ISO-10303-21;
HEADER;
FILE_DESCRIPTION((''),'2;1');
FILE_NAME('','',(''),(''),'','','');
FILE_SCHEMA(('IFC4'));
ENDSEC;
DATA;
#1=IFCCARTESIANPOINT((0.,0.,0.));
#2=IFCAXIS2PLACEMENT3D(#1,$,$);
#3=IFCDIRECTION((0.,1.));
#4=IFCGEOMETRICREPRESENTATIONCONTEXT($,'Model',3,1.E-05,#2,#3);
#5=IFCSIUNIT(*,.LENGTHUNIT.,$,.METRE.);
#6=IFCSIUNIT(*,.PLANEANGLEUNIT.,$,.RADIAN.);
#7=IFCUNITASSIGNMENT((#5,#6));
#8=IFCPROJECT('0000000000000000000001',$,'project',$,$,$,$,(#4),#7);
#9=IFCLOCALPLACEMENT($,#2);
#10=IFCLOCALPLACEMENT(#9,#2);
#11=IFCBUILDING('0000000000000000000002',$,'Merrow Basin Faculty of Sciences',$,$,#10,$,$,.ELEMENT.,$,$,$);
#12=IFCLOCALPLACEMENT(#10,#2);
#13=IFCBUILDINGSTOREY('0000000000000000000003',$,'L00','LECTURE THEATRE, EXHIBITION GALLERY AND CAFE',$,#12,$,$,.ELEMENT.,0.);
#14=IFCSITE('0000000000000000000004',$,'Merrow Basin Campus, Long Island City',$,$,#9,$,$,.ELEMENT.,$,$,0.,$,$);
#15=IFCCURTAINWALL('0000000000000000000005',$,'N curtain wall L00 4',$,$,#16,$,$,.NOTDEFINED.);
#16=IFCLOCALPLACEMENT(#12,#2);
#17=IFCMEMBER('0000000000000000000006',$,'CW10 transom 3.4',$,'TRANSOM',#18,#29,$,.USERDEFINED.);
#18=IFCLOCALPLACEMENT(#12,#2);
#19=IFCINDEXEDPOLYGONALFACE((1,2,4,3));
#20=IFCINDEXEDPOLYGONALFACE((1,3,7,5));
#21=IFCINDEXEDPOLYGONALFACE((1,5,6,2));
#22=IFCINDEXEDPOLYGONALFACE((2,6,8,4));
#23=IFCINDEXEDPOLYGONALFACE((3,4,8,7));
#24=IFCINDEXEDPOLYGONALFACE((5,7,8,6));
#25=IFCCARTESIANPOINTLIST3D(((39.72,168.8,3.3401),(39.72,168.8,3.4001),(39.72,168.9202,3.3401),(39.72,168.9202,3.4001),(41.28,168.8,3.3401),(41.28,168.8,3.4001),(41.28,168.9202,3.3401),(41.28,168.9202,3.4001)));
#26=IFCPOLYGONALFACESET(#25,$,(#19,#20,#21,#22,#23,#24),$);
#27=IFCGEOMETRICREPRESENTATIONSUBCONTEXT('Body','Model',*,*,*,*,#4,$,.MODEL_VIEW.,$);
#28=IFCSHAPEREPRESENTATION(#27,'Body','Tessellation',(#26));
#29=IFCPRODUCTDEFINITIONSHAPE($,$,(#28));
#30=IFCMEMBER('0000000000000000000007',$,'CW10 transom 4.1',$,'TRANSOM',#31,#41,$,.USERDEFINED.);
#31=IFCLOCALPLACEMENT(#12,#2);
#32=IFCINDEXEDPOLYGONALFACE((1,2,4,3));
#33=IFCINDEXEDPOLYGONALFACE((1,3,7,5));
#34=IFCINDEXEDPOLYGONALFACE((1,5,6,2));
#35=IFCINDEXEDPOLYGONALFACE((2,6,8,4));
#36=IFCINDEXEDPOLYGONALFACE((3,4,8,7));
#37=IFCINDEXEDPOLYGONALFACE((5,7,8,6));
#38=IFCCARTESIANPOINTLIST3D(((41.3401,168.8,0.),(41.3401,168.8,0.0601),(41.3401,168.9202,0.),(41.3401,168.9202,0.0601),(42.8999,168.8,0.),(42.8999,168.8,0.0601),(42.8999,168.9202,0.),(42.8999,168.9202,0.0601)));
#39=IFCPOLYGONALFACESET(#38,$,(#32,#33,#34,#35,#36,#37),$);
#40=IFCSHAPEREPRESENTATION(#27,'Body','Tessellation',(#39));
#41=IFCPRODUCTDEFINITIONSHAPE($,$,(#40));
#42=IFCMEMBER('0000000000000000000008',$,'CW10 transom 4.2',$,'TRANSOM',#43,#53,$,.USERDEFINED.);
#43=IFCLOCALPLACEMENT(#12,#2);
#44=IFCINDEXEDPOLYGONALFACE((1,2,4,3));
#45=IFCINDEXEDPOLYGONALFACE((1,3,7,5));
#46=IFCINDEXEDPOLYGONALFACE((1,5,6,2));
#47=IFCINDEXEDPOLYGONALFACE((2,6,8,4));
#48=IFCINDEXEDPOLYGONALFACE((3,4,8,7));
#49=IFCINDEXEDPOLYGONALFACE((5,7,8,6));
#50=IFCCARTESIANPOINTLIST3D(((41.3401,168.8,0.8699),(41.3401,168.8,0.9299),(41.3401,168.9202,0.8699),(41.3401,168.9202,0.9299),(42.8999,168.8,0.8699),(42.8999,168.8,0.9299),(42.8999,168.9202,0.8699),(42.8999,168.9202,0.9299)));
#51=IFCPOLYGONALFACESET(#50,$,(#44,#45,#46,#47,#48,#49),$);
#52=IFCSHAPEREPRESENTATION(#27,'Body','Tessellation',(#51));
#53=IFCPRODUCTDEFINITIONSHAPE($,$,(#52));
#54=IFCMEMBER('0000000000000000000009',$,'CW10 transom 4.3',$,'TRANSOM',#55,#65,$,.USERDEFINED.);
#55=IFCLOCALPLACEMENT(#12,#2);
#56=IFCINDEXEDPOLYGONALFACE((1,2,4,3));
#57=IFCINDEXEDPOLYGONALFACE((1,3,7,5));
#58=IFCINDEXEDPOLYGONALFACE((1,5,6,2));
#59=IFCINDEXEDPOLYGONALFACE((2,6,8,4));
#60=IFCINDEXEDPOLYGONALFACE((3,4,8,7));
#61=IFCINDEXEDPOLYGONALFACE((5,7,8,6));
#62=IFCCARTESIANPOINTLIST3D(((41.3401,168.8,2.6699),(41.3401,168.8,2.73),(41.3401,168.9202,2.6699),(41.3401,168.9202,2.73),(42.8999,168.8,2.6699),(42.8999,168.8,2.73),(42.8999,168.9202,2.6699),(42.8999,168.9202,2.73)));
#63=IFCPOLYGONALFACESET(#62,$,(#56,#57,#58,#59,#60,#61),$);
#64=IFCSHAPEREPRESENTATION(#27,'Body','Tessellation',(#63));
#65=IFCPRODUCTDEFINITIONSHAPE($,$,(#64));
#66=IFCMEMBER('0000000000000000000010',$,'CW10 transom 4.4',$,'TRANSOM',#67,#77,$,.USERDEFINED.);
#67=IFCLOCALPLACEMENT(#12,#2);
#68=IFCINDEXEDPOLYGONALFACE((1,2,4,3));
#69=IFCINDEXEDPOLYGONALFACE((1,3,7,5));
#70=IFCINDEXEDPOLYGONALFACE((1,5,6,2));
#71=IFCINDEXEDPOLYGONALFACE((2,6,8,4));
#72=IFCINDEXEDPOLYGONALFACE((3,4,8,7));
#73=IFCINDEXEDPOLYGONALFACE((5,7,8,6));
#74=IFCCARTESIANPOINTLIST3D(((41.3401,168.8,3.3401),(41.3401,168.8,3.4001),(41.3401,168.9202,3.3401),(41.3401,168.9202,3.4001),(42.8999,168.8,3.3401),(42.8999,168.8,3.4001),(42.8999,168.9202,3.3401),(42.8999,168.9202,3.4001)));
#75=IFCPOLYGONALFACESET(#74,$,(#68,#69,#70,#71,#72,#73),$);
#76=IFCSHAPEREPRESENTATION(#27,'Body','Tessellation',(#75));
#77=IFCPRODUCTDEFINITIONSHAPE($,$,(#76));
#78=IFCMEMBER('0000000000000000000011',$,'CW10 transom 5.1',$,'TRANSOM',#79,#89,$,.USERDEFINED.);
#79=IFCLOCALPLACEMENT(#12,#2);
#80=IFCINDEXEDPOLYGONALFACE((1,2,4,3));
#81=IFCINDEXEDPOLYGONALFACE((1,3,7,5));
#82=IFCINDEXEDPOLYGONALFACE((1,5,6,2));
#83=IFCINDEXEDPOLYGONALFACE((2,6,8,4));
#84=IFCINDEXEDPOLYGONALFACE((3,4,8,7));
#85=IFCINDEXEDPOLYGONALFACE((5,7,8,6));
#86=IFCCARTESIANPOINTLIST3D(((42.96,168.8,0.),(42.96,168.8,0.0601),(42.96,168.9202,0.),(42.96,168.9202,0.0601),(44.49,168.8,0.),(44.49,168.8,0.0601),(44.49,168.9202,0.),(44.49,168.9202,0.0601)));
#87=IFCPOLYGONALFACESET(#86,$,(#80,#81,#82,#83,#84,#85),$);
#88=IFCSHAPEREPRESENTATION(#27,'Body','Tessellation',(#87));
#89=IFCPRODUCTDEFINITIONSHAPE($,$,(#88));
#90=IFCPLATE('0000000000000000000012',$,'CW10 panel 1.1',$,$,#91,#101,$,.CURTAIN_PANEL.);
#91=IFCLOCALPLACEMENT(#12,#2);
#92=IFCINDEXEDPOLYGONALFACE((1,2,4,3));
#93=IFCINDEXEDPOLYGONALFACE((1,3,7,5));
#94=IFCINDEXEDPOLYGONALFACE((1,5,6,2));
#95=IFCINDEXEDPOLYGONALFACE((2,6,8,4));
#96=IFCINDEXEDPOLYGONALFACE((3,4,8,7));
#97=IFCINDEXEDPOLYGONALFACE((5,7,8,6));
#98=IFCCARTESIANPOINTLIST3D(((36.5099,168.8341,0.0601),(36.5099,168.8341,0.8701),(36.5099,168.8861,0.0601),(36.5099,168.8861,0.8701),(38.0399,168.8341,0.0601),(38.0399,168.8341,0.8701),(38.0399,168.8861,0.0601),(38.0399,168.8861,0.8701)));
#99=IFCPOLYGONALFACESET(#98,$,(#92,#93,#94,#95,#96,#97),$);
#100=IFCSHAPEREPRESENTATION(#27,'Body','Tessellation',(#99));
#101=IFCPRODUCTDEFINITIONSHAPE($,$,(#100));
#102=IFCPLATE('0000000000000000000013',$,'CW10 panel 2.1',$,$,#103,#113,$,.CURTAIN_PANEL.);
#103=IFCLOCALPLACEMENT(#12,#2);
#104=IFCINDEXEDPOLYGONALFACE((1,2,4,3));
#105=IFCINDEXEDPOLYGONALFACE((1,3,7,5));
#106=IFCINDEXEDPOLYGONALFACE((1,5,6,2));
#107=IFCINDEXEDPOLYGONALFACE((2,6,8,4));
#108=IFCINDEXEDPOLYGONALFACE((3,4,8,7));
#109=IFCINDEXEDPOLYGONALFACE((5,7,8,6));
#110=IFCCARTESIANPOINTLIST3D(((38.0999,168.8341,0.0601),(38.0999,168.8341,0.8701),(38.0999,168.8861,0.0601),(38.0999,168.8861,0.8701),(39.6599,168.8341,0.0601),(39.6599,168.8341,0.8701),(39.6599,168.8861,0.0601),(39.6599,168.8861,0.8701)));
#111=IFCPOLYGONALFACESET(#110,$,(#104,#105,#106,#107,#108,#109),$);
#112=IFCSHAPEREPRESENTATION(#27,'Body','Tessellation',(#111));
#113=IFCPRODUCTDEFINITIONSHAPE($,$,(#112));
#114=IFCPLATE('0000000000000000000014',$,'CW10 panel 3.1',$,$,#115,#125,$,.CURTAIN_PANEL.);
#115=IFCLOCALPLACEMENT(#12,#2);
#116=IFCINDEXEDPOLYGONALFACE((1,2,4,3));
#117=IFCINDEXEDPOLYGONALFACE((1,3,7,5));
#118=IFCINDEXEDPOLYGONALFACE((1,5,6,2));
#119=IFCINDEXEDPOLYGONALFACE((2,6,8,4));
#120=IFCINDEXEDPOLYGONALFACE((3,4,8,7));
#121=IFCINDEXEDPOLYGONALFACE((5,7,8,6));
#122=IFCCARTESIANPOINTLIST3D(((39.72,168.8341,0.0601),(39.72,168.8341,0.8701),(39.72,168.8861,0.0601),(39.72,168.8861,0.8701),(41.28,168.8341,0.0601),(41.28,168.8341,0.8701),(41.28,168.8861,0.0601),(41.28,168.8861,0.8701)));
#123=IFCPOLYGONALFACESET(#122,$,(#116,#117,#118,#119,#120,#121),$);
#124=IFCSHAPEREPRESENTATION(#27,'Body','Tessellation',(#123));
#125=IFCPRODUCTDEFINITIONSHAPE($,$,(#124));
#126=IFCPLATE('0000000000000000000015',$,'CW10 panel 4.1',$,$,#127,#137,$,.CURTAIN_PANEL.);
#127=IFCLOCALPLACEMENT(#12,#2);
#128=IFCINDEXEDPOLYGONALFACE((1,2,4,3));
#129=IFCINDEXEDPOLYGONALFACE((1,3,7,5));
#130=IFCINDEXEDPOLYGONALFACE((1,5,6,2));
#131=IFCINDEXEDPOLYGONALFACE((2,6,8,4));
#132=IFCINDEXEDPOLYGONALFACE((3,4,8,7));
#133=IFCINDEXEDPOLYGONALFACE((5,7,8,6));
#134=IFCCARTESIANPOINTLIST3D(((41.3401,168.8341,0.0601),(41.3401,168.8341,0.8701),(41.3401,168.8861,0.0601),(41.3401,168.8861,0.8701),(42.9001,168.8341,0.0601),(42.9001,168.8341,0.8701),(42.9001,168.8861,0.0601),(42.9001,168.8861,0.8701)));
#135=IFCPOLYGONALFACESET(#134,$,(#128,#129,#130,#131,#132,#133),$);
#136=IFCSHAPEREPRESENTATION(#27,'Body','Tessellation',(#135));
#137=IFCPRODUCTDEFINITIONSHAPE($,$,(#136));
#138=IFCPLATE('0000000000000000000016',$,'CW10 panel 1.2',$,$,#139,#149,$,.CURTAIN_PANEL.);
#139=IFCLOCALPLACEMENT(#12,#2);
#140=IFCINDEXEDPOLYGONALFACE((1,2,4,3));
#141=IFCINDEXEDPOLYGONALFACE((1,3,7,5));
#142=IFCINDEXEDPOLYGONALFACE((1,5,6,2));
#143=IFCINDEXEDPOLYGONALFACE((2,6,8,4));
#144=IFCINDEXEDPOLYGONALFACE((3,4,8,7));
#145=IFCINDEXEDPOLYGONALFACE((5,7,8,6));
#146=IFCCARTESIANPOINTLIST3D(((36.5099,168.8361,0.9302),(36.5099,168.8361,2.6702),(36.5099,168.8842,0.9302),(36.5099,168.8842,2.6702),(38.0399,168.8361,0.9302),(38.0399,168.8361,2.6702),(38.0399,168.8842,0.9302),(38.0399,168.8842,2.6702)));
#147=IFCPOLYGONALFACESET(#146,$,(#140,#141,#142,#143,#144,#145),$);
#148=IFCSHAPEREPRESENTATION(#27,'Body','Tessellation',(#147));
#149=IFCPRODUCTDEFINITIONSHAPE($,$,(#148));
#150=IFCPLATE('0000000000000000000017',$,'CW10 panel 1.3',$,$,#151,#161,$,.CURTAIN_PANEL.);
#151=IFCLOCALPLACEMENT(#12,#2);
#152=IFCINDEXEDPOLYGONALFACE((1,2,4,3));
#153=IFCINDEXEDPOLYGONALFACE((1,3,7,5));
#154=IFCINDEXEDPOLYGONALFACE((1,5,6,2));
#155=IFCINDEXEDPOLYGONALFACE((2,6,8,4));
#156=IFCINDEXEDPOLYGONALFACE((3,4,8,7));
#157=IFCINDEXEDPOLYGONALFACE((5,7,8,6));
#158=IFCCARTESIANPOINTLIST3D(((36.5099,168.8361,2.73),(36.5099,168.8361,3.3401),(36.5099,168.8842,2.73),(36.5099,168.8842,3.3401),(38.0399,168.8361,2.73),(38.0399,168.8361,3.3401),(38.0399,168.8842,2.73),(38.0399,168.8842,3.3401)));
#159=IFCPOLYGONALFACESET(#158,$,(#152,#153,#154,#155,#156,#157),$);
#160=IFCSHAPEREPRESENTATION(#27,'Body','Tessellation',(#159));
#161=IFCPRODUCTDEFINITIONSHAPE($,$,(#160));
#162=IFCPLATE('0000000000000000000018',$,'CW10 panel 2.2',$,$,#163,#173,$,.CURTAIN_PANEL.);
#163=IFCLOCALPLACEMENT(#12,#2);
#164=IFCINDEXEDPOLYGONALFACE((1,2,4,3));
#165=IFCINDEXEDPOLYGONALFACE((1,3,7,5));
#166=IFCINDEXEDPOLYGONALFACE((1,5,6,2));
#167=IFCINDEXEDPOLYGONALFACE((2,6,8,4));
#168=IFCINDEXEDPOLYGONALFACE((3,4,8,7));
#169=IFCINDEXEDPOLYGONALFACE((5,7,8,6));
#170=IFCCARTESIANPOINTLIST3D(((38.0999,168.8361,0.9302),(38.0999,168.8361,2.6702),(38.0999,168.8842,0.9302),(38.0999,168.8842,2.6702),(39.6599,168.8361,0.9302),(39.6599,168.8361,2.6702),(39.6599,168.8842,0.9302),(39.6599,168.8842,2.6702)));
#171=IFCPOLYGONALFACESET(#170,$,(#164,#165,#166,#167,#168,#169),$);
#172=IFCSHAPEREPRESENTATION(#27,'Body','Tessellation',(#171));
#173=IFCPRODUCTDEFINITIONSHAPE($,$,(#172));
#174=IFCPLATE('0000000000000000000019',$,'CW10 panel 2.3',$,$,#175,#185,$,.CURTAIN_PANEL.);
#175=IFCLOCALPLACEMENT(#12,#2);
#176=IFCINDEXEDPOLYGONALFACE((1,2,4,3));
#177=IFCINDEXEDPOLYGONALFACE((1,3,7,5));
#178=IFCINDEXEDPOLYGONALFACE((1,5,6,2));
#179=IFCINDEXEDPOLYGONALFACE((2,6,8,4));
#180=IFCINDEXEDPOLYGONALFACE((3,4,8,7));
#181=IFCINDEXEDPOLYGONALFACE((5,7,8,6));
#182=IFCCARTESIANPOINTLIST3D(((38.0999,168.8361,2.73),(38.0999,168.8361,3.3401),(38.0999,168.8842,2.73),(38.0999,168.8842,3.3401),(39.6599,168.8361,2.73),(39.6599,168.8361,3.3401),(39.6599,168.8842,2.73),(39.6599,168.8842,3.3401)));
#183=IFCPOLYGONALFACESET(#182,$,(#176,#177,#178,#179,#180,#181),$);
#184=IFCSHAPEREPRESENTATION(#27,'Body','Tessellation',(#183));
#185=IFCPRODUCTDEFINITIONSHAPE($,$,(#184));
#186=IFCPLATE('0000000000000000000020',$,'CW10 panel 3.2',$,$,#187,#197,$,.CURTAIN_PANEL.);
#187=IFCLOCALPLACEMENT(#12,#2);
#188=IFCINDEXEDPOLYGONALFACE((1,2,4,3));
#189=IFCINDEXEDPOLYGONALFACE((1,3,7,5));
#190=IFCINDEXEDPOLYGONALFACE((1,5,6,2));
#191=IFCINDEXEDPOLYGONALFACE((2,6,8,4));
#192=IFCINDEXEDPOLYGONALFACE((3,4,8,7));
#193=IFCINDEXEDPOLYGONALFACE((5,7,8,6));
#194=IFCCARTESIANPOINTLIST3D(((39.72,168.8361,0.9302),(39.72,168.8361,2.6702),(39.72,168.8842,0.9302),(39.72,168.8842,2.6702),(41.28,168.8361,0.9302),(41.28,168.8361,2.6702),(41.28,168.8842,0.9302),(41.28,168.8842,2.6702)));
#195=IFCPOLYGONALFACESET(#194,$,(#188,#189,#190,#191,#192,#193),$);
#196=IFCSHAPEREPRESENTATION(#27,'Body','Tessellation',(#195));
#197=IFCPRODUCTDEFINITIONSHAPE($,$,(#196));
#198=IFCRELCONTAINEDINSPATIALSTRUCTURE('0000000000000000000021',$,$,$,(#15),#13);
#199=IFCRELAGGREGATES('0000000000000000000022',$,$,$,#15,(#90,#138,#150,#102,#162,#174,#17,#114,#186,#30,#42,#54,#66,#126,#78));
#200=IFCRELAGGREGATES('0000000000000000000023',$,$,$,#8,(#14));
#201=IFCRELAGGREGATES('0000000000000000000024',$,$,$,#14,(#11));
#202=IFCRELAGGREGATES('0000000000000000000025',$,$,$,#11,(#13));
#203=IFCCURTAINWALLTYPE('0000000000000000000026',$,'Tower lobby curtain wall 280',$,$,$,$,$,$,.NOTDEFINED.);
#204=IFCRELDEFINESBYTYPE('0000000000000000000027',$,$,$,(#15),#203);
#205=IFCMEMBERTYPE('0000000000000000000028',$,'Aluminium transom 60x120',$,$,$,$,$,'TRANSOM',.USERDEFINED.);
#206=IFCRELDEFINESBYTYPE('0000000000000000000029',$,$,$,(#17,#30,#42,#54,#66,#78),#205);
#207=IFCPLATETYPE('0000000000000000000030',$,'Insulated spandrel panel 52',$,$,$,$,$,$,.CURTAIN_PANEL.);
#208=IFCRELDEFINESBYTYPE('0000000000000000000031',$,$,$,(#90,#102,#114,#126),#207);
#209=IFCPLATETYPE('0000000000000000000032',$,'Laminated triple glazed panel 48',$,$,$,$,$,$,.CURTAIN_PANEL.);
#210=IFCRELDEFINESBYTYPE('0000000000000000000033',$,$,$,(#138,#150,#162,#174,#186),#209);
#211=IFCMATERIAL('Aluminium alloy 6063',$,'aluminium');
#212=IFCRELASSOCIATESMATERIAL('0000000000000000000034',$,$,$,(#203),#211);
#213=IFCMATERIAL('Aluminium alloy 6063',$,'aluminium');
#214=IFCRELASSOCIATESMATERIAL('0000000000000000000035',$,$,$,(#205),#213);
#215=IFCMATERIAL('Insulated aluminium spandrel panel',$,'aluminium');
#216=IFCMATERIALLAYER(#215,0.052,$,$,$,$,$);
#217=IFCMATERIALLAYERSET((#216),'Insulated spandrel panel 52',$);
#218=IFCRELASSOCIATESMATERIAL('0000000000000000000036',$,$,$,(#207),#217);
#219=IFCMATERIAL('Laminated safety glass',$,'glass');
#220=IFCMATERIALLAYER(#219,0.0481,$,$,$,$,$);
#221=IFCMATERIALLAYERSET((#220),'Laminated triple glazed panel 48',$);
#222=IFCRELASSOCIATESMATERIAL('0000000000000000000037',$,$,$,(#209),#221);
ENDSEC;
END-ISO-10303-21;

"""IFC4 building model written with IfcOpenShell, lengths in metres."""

from ifc_helpers import new_model, si_unit, direction, frame, origin, origin_2d, place, context, subcontext, project, spatial, rectangle, extrude, material, layer, layer_set, material_profile, profile_set, type_object, element, aggregate, save


model = new_model("IFC4")

# Units and contexts
model_context = context("Model", 3, precision=1e-05, world=origin(), true_north=direction((0.0, 1.0)))
body_context = subcontext(model_context, "Body", "Model", "MODEL_VIEW")
ifc_project = project(units=[si_unit("LENGTHUNIT", "METRE"), si_unit("PLANEANGLEUNIT", "RADIAN")], contexts=[model_context])

# Site, building, storey
site_placement = place(None, origin())
site = spatial("IfcSite", under=ifc_project, at=site_placement, Name="Merrow Basin Campus, Long Island City", CompositionType="ELEMENT", RefElevation=0.0)
building_placement = place(site_placement, origin())
building = spatial("IfcBuilding", under=site, at=building_placement, Name="Merrow Basin Faculty of Sciences", CompositionType="ELEMENT")
storey_placement = place(building_placement, origin())
storey = spatial("IfcBuildingStorey", under=building, at=storey_placement, Name="L00", Description="LECTURE THEATRE, EXHIBITION GALLERY AND CAFE", CompositionType="ELEMENT", Elevation=0.0)

# Curtain wall, members, plates
ifc_material_1 = material(Name="Aluminium alloy 6063", Category="aluminium")
curtain_wall_type = type_object("IfcCurtainWallType", Name="Tower lobby curtain wall 280", PredefinedType="NOTDEFINED", material=ifc_material_1)
curtain_wall_placement = place(storey_placement, origin())
curtain_wall = element("IfcCurtainWall", 1, at=curtain_wall_placement, inside=storey, type_object=curtain_wall_type, Name="N curtain wall L00 4", PredefinedType="NOTDEFINED")
ifc_material_2 = material(Name="Aluminium alloy 6063", Category="aluminium")
ifc_material_profile_1 = material_profile(ifc_material_2, rectangle(XDim=0.1201, YDim=0.0601, at=origin_2d()))
ifc_profile_set_1 = profile_set([ifc_material_profile_1], Name="Aluminium alloy 6063")
member_type_1 = type_object("IfcMemberType", Name="Aluminium transom 60x120", ElementType="TRANSOM", PredefinedType="USERDEFINED", material=ifc_profile_set_1)
member_1_placement = place(storey_placement, frame((39.72, 168.8601, 3.3701), z_axis=(1.0, 0.0, 0.0), x_axis=(0.0, 1.0, 0.0)))
member_1 = element("IfcMember", 2, at=member_1_placement, type_object=member_type_1, Name="CW10 transom 3.4", ObjectType="TRANSOM", PredefinedType="USERDEFINED", context=body_context, shape_type="SweptSolid", body=[
    extrude(rectangle(XDim=0.1201, YDim=0.0601, at=origin_2d()), origin(), (0.0, 0.0, 1.0), 1.5601),
])
member_2_placement = place(storey_placement, frame((41.3401, 168.8601, 0.03), z_axis=(1.0, 0.0, 0.0), x_axis=(0.0, 1.0, 0.0)))
member_2 = element("IfcMember", 3, at=member_2_placement, type_object=member_type_1, Name="CW10 transom 4.1", ObjectType="TRANSOM", PredefinedType="USERDEFINED", context=body_context, shape_type="SweptSolid", body=[
    extrude(rectangle(XDim=0.1201, YDim=0.0601, at=origin_2d()), origin(), (0.0, 0.0, 1.0), 1.5598),
])
member_3_placement = place(storey_placement, frame((41.3401, 168.8601, 0.8999), z_axis=(1.0, 0.0, 0.0), x_axis=(0.0, 1.0, 0.0)))
member_3 = element("IfcMember", 4, at=member_3_placement, type_object=member_type_1, Name="CW10 transom 4.2", ObjectType="TRANSOM", PredefinedType="USERDEFINED", context=body_context, shape_type="SweptSolid", body=[
    extrude(rectangle(XDim=0.1201, YDim=0.0601, at=origin_2d()), origin(), (0.0, 0.0, 1.0), 1.5598),
])
member_4_placement = place(storey_placement, frame((41.3401, 168.8601, 2.7), z_axis=(1.0, 0.0, 0.0), x_axis=(0.0, 1.0, 0.0)))
member_4 = element("IfcMember", 5, at=member_4_placement, type_object=member_type_1, Name="CW10 transom 4.3", ObjectType="TRANSOM", PredefinedType="USERDEFINED", context=body_context, shape_type="SweptSolid", body=[
    extrude(rectangle(XDim=0.1201, YDim=0.0601, at=origin_2d()), origin(), (0.0, 0.0, 1.0), 1.5598),
])
member_5_placement = place(storey_placement, frame((41.3401, 168.8601, 3.3701), z_axis=(1.0, 0.0, 0.0), x_axis=(0.0, 1.0, 0.0)))
member_5 = element("IfcMember", 6, at=member_5_placement, type_object=member_type_1, Name="CW10 transom 4.4", ObjectType="TRANSOM", PredefinedType="USERDEFINED", context=body_context, shape_type="SweptSolid", body=[
    extrude(rectangle(XDim=0.1201, YDim=0.0601, at=origin_2d()), origin(), (0.0, 0.0, 1.0), 1.5598),
])
member_6_placement = place(storey_placement, frame((42.96, 168.8601, 0.03), z_axis=(1.0, 0.0, 0.0), x_axis=(0.0, 1.0, 0.0)))
member_6 = element("IfcMember", 7, at=member_6_placement, type_object=member_type_1, Name="CW10 transom 5.1", ObjectType="TRANSOM", PredefinedType="USERDEFINED", context=body_context, shape_type="SweptSolid", body=[
    extrude(rectangle(XDim=0.1201, YDim=0.0601, at=origin_2d()), origin(), (0.0, 0.0, 1.0), 1.53),
])
ifc_material_3 = material(Name="Insulated aluminium spandrel panel", Category="aluminium")
ifc_layer_1 = layer(ifc_material_3, 0.052)
ifc_layer_set_1 = layer_set([ifc_layer_1], Name="Insulated spandrel panel 52")
plate_type_1 = type_object("IfcPlateType", Name="Insulated spandrel panel 52", PredefinedType="CURTAIN_PANEL", material=ifc_layer_set_1)
plate_1_placement = place(storey_placement, frame((37.2749, 168.8601, 0.0601), z_axis=(0.0, 0.0, 1.0), x_axis=(1.0, 0.0, 0.0)))
plate_1 = element("IfcPlate", 8, at=plate_1_placement, type_object=plate_type_1, Name="CW10 panel 1.1", PredefinedType="CURTAIN_PANEL", context=body_context, shape_type="SweptSolid", body=[
    extrude(rectangle(XDim=1.53, YDim=0.052, at=origin_2d()), origin(), (0.0, 0.0, 1.0), 0.8101),
])
plate_2_placement = place(storey_placement, frame((38.8799, 168.8601, 0.0601), z_axis=(0.0, 0.0, 1.0), x_axis=(1.0, 0.0, 0.0)))
plate_2 = element("IfcPlate", 9, at=plate_2_placement, type_object=plate_type_1, Name="CW10 panel 2.1", PredefinedType="CURTAIN_PANEL", context=body_context, shape_type="SweptSolid", body=[
    extrude(rectangle(XDim=1.5601, YDim=0.052, at=origin_2d()), origin(), (0.0, 0.0, 1.0), 0.8101),
])
plate_3_placement = place(storey_placement, frame((40.5, 168.8601, 0.0601), z_axis=(0.0, 0.0, 1.0), x_axis=(1.0, 0.0, 0.0)))
plate_3 = element("IfcPlate", 10, at=plate_3_placement, type_object=plate_type_1, Name="CW10 panel 3.1", PredefinedType="CURTAIN_PANEL", context=body_context, shape_type="SweptSolid", body=[
    extrude(rectangle(XDim=1.5601, YDim=0.052, at=origin_2d()), origin(), (0.0, 0.0, 1.0), 0.8101),
])
plate_4_placement = place(storey_placement, frame((42.1201, 168.8601, 0.0601), z_axis=(0.0, 0.0, 1.0), x_axis=(1.0, 0.0, 0.0)))
plate_4 = element("IfcPlate", 11, at=plate_4_placement, type_object=plate_type_1, Name="CW10 panel 4.1", PredefinedType="CURTAIN_PANEL", context=body_context, shape_type="SweptSolid", body=[
    extrude(rectangle(XDim=1.5601, YDim=0.052, at=origin_2d()), origin(), (0.0, 0.0, 1.0), 0.8101),
])
ifc_material_4 = material(Name="Laminated safety glass", Category="glass")
ifc_layer_2 = layer(ifc_material_4, 0.0481)
ifc_layer_set_2 = layer_set([ifc_layer_2], Name="Laminated triple glazed panel 48")
plate_type_2 = type_object("IfcPlateType", Name="Laminated triple glazed panel 48", PredefinedType="CURTAIN_PANEL", material=ifc_layer_set_2)
plate_5_placement = place(storey_placement, frame((37.2749, 168.8601, 0.9302), z_axis=(0.0, 0.0, 1.0), x_axis=(1.0, 0.0, 0.0)))
plate_5 = element("IfcPlate", 12, at=plate_5_placement, type_object=plate_type_2, Name="CW10 panel 1.2", PredefinedType="CURTAIN_PANEL", context=body_context, shape_type="SweptSolid", body=[
    extrude(rectangle(XDim=1.53, YDim=0.0481, at=origin_2d()), origin(), (0.0, 0.0, 1.0), 1.74),
])
plate_6_placement = place(storey_placement, frame((37.2749, 168.8601, 2.73), z_axis=(0.0, 0.0, 1.0), x_axis=(1.0, 0.0, 0.0)))
plate_6 = element("IfcPlate", 13, at=plate_6_placement, type_object=plate_type_2, Name="CW10 panel 1.3", PredefinedType="CURTAIN_PANEL", context=body_context, shape_type="SweptSolid", body=[
    extrude(rectangle(XDim=1.53, YDim=0.0481, at=origin_2d()), origin(), (0.0, 0.0, 1.0), 0.6101),
])
plate_7_placement = place(storey_placement, frame((38.8799, 168.8601, 0.9302), z_axis=(0.0, 0.0, 1.0), x_axis=(1.0, 0.0, 0.0)))
plate_7 = element("IfcPlate", 14, at=plate_7_placement, type_object=plate_type_2, Name="CW10 panel 2.2", PredefinedType="CURTAIN_PANEL", context=body_context, shape_type="SweptSolid", body=[
    extrude(rectangle(XDim=1.5601, YDim=0.0481, at=origin_2d()), origin(), (0.0, 0.0, 1.0), 1.74),
])
plate_8_placement = place(storey_placement, frame((38.8799, 168.8601, 2.73), z_axis=(0.0, 0.0, 1.0), x_axis=(1.0, 0.0, 0.0)))
plate_8 = element("IfcPlate", 15, at=plate_8_placement, type_object=plate_type_2, Name="CW10 panel 2.3", PredefinedType="CURTAIN_PANEL", context=body_context, shape_type="SweptSolid", body=[
    extrude(rectangle(XDim=1.5601, YDim=0.0481, at=origin_2d()), origin(), (0.0, 0.0, 1.0), 0.6101),
])
plate_9_placement = place(storey_placement, frame((40.5, 168.8601, 0.9302), z_axis=(0.0, 0.0, 1.0), x_axis=(1.0, 0.0, 0.0)))
plate_9 = element("IfcPlate", 16, at=plate_9_placement, type_object=plate_type_2, Name="CW10 panel 3.2", PredefinedType="CURTAIN_PANEL", context=body_context, shape_type="SweptSolid", body=[
    extrude(rectangle(XDim=1.5601, YDim=0.0481, at=origin_2d()), origin(), (0.0, 0.0, 1.0), 1.74),
])
aggregate(curtain_wall, [plate_1, plate_5, plate_6, plate_2, plate_7, plate_8, member_1, plate_3, plate_9, member_2, member_3, member_4, member_5, plate_4, member_6])

save(model, "model.ifc")
